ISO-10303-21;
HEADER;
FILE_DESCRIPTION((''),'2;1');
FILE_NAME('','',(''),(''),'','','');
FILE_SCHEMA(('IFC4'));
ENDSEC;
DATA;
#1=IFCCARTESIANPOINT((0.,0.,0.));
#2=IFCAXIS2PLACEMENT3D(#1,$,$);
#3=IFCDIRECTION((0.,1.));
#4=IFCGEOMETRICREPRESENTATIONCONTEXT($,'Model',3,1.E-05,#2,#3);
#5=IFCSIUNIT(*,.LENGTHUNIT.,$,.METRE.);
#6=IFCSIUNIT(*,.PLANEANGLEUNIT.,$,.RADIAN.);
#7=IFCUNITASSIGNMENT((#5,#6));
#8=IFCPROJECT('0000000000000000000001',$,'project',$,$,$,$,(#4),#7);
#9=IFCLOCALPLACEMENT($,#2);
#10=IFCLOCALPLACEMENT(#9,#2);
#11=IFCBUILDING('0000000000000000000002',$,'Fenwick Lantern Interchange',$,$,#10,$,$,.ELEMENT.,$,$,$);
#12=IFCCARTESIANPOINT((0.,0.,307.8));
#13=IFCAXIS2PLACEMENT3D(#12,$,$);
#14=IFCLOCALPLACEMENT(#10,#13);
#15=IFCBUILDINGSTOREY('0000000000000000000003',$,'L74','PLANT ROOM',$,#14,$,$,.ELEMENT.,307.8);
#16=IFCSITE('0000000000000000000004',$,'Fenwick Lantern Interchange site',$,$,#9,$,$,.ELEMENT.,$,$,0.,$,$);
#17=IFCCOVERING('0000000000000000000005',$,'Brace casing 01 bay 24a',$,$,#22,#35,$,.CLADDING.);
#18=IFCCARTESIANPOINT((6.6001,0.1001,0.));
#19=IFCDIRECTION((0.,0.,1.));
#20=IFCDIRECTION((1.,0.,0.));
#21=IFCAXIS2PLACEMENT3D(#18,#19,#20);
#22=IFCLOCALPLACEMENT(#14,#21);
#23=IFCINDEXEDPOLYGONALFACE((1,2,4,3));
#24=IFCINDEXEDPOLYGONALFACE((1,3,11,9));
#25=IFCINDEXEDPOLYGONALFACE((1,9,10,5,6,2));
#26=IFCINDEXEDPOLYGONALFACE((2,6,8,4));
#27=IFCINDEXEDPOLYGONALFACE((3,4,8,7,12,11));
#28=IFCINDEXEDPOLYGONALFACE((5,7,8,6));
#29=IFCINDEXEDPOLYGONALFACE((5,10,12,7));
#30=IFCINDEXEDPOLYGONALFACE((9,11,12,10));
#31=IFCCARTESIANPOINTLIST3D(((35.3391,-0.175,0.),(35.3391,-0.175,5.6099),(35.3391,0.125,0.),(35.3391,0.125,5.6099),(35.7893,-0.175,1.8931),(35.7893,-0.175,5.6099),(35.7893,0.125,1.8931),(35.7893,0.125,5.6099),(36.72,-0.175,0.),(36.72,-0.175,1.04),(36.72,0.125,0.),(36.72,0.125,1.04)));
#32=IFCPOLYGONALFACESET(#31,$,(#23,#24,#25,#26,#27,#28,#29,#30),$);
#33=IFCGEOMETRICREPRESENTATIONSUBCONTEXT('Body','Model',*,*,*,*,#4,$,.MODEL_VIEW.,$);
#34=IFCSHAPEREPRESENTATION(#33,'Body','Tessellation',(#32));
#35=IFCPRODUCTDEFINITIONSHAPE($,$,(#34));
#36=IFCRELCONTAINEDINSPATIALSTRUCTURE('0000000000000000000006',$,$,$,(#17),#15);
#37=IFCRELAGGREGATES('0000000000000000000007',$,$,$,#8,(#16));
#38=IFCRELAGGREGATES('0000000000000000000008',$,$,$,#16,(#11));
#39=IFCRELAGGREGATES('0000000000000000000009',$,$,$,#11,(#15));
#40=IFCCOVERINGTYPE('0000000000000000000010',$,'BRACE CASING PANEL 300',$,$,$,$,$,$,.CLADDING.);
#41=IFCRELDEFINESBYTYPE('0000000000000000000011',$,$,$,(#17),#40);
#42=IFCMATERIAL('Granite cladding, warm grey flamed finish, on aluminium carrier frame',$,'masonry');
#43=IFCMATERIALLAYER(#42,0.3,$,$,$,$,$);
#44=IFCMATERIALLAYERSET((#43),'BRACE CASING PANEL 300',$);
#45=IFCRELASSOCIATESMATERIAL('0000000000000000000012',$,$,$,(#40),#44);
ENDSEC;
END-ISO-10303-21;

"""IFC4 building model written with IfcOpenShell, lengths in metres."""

from ifc_helpers import new_model, si_unit, direction, frame, origin, place, context, subcontext, project, spatial, polyline, outline, extrude, material, layer, layer_set, type_object, element, save


model = new_model("IFC4")

# Units and contexts
model_context = context("Model", 3, precision=1e-05, world=origin(), true_north=direction((0.0, 1.0)))
body_context = subcontext(model_context, "Body", "Model", "MODEL_VIEW")
ifc_project = project(units=[si_unit("LENGTHUNIT", "METRE"), si_unit("PLANEANGLEUNIT", "RADIAN")], contexts=[model_context])

# Site, building, storey
site_placement = place(None, origin())
site = spatial("IfcSite", under=ifc_project, at=site_placement, Name="Fenwick Lantern Interchange site", CompositionType="ELEMENT", RefElevation=0.0)
building_placement = place(site_placement, origin())
building = spatial("IfcBuilding", under=site, at=building_placement, Name="Fenwick Lantern Interchange", CompositionType="ELEMENT")
storey_placement = place(building_placement, frame((0.0, 0.0, 307.8)))
storey = spatial("IfcBuildingStorey", under=building, at=storey_placement, Name="L74", Description="PLANT ROOM", CompositionType="ELEMENT", Elevation=307.8)

# Covering
ifc_material_1 = material(Name="Granite cladding, warm grey flamed finish, on aluminium carrier frame", Category="masonry")
ifc_layer_1 = layer(ifc_material_1, 0.3)
ifc_layer_set_1 = layer_set([ifc_layer_1], Name="BRACE CASING PANEL 300")
covering_type = type_object("IfcCoveringType", Name="BRACE CASING PANEL 300", PredefinedType="CLADDING", material=ifc_layer_set_1)
covering_placement = place(storey_placement, frame((6.6001, 0.1001, 0.0), z_axis=(0.0, 0.0, 1.0), x_axis=(1.0, 0.0, 0.0)))
element("IfcCovering", 1, at=covering_placement, inside=storey, type_object=covering_type, Name="Brace casing 01 bay 24a", PredefinedType="CLADDING", context=body_context, shape_type="SweptSolid", body=[
    extrude(outline(polyline([(35.3391, 0.0), (36.72, 0.0), (36.72, 1.04), (35.7893, 1.8931), (35.7893, 5.6099), (35.3391, 5.6099), (35.3391, 0.0)])), frame((0.0, 0.125, 0.0), z_axis=(0.0, -1.0, 0.0), x_axis=(1.0, 0.0, 0.0)), (0.0, 0.0, 1.0), 0.3),
])

save(model, "model.ifc")
